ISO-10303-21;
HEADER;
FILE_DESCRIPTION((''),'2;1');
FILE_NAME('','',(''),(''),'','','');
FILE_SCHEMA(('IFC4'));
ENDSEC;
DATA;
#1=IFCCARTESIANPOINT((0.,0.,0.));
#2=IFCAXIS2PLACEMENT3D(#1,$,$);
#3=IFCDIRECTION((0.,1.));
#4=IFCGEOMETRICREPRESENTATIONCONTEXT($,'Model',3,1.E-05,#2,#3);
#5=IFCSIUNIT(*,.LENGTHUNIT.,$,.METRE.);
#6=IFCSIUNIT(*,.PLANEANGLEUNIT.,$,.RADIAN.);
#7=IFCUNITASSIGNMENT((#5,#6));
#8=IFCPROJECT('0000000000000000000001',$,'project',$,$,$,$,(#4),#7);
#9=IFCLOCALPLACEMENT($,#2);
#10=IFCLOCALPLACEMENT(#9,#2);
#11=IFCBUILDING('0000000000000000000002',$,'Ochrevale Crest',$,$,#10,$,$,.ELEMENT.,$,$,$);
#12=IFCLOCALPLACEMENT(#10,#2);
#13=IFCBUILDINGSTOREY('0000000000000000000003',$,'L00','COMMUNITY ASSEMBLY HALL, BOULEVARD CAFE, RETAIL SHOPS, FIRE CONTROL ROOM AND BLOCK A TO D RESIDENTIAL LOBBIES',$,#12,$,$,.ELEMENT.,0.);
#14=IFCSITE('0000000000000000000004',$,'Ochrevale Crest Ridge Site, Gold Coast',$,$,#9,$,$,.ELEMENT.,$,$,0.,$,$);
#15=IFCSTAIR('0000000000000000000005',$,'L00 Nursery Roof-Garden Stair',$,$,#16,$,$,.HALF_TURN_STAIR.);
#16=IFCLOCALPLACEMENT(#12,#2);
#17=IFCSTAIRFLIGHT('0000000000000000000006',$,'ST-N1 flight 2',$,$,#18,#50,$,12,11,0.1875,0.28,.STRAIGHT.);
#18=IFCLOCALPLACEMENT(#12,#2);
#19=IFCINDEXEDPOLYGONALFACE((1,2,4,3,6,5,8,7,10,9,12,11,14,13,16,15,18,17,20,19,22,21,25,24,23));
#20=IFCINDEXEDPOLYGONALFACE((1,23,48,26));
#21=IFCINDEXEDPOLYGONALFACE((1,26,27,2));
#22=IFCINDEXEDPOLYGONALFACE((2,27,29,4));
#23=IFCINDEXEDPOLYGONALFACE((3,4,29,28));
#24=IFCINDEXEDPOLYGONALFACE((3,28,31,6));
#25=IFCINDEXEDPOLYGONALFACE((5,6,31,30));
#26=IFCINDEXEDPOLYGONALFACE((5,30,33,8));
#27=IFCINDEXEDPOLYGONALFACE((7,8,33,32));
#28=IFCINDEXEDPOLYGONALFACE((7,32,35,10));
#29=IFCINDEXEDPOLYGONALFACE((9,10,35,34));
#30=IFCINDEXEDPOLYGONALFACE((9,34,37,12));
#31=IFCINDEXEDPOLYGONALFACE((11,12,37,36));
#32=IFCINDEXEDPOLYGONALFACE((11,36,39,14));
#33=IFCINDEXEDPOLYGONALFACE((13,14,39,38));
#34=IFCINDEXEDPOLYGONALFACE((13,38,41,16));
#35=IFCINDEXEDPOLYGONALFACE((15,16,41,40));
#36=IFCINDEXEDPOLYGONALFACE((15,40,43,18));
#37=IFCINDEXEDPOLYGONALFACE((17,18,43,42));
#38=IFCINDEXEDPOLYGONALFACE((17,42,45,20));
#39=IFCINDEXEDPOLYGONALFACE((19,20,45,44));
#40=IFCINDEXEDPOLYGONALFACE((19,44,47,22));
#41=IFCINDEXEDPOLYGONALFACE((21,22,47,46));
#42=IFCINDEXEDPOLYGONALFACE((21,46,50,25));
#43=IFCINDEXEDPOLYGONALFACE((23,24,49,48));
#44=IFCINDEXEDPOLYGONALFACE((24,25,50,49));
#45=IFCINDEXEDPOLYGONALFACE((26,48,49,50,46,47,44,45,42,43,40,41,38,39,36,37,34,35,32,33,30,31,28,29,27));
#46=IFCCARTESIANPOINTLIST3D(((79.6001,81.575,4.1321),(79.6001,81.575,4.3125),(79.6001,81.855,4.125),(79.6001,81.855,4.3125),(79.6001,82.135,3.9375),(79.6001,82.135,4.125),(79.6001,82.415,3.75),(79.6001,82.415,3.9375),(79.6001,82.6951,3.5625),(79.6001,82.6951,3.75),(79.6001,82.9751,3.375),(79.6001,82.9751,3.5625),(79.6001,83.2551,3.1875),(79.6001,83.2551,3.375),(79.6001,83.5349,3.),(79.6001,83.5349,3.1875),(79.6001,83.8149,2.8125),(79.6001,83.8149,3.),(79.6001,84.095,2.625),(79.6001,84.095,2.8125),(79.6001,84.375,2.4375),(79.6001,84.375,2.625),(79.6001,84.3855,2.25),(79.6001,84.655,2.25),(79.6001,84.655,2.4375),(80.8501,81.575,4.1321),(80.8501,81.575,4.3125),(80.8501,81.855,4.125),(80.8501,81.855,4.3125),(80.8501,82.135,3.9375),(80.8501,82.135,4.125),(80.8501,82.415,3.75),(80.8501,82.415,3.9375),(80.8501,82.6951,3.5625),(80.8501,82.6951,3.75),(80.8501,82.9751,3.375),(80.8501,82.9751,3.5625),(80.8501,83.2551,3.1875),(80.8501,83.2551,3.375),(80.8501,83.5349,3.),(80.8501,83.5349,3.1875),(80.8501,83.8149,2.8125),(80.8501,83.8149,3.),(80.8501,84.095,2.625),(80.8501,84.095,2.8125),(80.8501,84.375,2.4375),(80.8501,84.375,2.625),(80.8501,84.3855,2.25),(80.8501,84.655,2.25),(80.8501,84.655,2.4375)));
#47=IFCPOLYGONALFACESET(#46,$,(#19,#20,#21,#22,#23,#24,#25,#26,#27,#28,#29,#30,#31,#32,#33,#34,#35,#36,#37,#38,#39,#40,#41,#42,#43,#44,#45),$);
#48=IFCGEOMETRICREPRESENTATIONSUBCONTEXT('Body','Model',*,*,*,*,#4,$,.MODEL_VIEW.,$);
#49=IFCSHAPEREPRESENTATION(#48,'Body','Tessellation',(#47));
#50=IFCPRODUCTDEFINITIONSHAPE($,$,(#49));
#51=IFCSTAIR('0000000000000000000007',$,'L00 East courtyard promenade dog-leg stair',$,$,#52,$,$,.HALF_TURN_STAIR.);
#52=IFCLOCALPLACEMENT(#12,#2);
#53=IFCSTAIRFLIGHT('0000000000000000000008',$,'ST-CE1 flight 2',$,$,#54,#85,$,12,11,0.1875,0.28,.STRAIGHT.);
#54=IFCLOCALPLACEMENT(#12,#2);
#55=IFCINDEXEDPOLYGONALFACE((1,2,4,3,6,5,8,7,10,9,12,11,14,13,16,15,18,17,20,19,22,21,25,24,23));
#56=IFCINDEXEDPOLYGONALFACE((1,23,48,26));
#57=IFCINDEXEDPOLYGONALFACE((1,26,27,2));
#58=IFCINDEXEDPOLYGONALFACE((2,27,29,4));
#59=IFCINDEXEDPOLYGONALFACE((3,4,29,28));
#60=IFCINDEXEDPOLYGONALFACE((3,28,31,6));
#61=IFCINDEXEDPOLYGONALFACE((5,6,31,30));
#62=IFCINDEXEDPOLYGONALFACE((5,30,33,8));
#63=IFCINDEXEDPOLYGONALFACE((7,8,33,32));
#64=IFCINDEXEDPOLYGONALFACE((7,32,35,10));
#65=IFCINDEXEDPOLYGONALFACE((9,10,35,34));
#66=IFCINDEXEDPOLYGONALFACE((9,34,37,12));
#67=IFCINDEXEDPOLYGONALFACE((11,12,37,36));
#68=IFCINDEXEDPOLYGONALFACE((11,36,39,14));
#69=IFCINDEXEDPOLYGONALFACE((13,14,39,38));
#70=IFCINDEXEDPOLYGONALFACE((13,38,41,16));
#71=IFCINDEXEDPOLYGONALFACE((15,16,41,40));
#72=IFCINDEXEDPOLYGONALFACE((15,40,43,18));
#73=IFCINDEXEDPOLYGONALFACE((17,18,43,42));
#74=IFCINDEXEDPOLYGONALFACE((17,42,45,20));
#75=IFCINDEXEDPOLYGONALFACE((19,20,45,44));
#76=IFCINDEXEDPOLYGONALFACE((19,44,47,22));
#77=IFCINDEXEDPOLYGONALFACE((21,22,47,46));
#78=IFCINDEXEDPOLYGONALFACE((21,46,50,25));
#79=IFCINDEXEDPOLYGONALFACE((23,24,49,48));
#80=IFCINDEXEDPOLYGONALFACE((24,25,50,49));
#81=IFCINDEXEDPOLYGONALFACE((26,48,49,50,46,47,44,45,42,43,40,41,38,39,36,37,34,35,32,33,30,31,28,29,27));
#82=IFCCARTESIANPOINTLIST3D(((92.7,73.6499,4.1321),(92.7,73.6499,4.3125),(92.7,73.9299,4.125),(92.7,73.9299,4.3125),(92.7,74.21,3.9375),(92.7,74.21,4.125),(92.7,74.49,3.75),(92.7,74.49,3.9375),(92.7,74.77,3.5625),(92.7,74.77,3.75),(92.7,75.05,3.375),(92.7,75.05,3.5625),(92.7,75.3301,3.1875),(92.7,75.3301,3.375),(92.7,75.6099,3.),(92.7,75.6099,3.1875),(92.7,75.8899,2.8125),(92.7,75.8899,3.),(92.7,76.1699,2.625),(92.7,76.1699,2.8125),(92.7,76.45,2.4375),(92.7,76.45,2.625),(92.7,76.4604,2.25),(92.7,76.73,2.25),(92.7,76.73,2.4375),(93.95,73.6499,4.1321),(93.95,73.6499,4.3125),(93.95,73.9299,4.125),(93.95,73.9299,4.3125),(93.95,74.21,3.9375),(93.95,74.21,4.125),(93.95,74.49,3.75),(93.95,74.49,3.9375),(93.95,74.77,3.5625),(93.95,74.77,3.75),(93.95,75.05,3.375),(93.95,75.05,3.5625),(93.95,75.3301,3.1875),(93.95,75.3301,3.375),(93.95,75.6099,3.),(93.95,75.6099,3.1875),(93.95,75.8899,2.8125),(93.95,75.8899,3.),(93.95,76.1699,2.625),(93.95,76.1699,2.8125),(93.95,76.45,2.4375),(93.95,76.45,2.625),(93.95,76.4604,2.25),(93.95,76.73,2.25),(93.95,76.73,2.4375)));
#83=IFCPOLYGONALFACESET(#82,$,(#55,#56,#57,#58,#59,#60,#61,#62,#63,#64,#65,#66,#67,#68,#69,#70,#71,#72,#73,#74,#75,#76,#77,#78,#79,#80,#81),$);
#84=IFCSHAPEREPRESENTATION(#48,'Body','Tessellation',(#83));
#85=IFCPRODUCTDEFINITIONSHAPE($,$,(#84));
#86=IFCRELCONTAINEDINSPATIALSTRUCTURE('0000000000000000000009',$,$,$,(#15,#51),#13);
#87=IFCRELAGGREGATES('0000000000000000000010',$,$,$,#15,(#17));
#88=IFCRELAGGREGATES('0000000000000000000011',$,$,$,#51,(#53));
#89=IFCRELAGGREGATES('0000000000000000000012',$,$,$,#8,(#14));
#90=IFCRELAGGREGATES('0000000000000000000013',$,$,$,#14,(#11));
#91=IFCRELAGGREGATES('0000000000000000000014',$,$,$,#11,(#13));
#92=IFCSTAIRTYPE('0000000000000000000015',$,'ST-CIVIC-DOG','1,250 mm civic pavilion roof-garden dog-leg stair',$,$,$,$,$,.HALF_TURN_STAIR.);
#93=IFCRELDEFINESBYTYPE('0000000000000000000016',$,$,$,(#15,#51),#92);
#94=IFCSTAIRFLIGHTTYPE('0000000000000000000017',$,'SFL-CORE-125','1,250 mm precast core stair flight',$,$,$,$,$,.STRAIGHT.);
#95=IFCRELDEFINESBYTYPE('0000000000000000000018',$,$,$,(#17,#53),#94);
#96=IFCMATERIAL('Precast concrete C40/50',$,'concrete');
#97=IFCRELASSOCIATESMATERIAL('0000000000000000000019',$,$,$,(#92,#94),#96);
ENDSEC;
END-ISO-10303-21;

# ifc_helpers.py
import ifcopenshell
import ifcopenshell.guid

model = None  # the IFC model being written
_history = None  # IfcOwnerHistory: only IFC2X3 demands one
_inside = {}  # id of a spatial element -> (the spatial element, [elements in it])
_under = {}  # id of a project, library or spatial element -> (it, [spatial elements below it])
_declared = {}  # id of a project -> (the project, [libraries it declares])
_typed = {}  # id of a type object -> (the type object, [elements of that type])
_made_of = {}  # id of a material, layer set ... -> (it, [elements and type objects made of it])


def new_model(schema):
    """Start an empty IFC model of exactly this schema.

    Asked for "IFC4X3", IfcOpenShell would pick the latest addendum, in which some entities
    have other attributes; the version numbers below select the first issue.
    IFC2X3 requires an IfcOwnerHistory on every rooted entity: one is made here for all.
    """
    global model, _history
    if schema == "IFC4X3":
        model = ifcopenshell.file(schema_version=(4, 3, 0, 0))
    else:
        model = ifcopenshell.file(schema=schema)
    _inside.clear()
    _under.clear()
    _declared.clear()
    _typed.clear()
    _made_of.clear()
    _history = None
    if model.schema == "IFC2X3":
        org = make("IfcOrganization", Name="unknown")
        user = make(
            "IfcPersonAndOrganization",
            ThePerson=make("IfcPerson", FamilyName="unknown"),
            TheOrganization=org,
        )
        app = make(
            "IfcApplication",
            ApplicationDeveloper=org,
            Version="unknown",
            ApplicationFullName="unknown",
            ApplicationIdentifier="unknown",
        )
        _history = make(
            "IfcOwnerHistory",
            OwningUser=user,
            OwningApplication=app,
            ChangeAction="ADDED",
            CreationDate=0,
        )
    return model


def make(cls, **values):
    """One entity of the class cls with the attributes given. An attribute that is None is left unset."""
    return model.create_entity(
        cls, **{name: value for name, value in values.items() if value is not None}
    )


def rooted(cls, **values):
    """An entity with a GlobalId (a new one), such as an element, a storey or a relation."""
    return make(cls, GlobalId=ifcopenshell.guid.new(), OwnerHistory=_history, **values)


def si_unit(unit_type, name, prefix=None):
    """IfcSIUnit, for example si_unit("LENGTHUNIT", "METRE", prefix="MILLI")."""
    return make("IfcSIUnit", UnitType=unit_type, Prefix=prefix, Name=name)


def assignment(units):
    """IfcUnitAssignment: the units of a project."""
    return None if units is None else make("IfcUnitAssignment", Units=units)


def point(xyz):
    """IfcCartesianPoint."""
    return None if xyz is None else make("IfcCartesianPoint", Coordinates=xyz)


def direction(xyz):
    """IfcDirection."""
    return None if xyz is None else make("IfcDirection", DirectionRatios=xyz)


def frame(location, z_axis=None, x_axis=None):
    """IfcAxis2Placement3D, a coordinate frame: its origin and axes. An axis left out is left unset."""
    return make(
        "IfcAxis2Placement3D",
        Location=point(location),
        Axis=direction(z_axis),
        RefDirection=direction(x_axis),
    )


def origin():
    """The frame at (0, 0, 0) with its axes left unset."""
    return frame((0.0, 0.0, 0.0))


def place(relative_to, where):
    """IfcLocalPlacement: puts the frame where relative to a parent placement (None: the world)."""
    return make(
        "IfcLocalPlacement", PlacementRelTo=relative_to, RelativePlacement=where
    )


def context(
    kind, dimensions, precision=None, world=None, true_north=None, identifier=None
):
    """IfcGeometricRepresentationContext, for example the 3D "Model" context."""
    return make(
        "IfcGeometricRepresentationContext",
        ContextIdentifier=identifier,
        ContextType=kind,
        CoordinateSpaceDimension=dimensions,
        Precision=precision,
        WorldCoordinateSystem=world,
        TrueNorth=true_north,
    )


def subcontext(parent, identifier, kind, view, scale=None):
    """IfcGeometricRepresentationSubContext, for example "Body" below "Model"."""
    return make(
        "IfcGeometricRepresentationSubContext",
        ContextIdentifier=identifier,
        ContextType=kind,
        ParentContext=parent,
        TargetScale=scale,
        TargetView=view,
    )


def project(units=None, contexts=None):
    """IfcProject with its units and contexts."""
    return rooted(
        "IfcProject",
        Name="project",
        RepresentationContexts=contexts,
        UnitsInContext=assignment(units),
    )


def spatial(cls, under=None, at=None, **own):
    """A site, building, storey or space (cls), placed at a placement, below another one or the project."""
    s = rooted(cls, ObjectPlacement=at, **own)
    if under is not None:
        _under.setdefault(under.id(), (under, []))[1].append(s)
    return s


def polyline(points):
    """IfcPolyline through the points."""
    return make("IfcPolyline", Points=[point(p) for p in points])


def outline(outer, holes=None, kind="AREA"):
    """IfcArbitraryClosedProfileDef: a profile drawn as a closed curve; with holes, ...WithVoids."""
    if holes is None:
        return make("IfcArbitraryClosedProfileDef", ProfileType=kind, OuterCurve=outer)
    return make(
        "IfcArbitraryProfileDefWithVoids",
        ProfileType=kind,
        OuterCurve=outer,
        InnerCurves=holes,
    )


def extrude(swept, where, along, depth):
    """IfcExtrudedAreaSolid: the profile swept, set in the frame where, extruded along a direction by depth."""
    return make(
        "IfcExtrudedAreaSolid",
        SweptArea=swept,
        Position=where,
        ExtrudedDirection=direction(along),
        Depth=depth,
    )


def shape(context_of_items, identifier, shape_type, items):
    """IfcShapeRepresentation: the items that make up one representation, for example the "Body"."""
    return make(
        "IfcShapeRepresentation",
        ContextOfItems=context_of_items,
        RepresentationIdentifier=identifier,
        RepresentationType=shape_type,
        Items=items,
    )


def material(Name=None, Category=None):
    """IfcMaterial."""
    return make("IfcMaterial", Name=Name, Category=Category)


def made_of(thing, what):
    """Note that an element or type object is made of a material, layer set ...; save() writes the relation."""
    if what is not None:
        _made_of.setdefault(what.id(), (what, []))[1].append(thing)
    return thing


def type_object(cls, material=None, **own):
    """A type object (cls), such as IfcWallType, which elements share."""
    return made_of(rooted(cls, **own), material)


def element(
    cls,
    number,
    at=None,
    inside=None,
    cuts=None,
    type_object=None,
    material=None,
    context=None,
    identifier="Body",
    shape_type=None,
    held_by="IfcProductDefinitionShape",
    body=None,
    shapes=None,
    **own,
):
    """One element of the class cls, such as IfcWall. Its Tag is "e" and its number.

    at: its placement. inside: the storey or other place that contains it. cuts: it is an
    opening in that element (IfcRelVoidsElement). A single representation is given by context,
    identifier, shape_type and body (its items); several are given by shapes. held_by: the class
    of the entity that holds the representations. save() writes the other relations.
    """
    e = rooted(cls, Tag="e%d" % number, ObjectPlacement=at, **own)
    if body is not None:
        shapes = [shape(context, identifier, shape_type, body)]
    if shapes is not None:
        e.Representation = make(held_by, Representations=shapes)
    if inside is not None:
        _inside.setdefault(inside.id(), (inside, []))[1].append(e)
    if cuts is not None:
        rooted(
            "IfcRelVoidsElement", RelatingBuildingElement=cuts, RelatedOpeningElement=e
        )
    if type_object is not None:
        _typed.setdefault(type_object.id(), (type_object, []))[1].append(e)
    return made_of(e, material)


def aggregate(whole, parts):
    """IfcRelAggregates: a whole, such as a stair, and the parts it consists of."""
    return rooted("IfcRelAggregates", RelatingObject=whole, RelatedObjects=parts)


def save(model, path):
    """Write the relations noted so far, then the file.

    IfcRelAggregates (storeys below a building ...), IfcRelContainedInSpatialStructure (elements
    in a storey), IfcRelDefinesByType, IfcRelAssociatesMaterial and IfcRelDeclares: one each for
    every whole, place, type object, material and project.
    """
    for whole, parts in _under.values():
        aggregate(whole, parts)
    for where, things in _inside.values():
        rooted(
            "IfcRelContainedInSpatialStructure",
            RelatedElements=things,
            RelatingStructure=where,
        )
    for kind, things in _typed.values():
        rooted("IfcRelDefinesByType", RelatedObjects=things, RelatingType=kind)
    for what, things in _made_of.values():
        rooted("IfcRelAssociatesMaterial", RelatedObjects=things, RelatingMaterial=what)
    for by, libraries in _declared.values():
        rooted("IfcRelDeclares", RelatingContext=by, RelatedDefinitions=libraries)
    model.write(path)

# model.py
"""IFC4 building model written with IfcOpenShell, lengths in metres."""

from ifc_helpers import new_model, si_unit, direction, frame, origin, place, context, subcontext, project, spatial, polyline, outline, extrude, material, type_object, element, aggregate, save


model = new_model("IFC4")

# Units and contexts
model_context = context("Model", 3, precision=1e-05, world=origin(), true_north=direction((0.0, 1.0)))
body_context = subcontext(model_context, "Body", "Model", "MODEL_VIEW")
ifc_project = project(units=[si_unit("LENGTHUNIT", "METRE"), si_unit("PLANEANGLEUNIT", "RADIAN")], contexts=[model_context])

# Site, building, storey
site_placement = place(None, origin())
site = spatial("IfcSite", under=ifc_project, at=site_placement, Name="Ochrevale Crest Ridge Site, Gold Coast", CompositionType="ELEMENT", RefElevation=0.0)
building_placement = place(site_placement, origin())
building = spatial("IfcBuilding", under=site, at=building_placement, Name="Ochrevale Crest", CompositionType="ELEMENT")
storey_placement = place(building_placement, origin())
storey = spatial("IfcBuildingStorey", under=building, at=storey_placement, Name="L00", Description="COMMUNITY ASSEMBLY HALL, BOULEVARD CAFE, RETAIL SHOPS, FIRE CONTROL ROOM AND BLOCK A TO D RESIDENTIAL LOBBIES", CompositionType="ELEMENT", Elevation=0.0)

# Stair, stair flight
ifc_material_1 = material(Name="Precast concrete C40/50", Category="concrete")
stair_type = type_object("IfcStairType", Name="ST-CIVIC-DOG", Description="1,250 mm civic pavilion roof-garden dog-leg stair", PredefinedType="HALF_TURN_STAIR", material=ifc_material_1)
stair_1_placement = place(storey_placement, origin())
stair_1 = element("IfcStair", 1, at=stair_1_placement, inside=storey, type_object=stair_type, Name="L00 Nursery Roof-Garden Stair", PredefinedType="HALF_TURN_STAIR")
stair_flight_type = type_object("IfcStairFlightType", Name="SFL-CORE-125", Description="1,250 mm precast core stair flight", PredefinedType="STRAIGHT", material=ifc_material_1)
stair_flight_1_placement = place(storey_placement, frame((80.2251, 84.655, 2.25), z_axis=(0.0, 0.0, 1.0), x_axis=(0.0, -1.0, 0.0)))
stair_flight_1 = element("IfcStairFlight", 2, at=stair_flight_1_placement, type_object=stair_flight_type, Name="ST-N1 flight 2", NumberOfRisers=12, NumberOfTreads=11, PredefinedType="STRAIGHT", RiserHeight=0.1875, TreadLength=0.28, context=body_context, shape_type="SweptSolid", body=[
    extrude(outline(polyline([(0.0, 0.0), (0.0, 0.1875), (0.28, 0.1875), (0.28, 0.375), (0.5601, 0.375), (0.5601, 0.5625), (0.8401, 0.5625), (0.8401, 0.75), (1.1201, 0.75), (1.1201, 0.9375), (1.3999, 0.9375), (1.3999, 1.125), (1.6799, 1.125), (1.6799, 1.3125), (1.96, 1.3125), (1.96, 1.5), (2.24, 1.5), (2.24, 1.6875), (2.52, 1.6875), (2.52, 1.875), (2.8, 1.875), (2.8, 2.0625), (3.0801, 2.0625), (3.0801, 2.25), (3.0801, 1.8821), (0.2695, 0.0), (0.0, 0.0)])), frame((0.0, 0.625, 0.0), z_axis=(0.0, -1.0, 0.0), x_axis=(1.0, 0.0, 0.0)), (0.0, 0.0, 1.0), 1.25),
])
aggregate(stair_1, [stair_flight_1])

# Stair, stair flight
stair_2_placement = place(storey_placement, origin())
stair_2 = element("IfcStair", 3, at=stair_2_placement, inside=storey, type_object=stair_type, Name="L00 East courtyard promenade dog-leg stair", PredefinedType="HALF_TURN_STAIR")
stair_flight_2_placement = place(storey_placement, frame((93.325, 76.73, 2.25), z_axis=(0.0, 0.0, 1.0), x_axis=(0.0, -1.0, 0.0)))
stair_flight_2 = element("IfcStairFlight", 4, at=stair_flight_2_placement, type_object=stair_flight_type, Name="ST-CE1 flight 2", NumberOfRisers=12, NumberOfTreads=11, PredefinedType="STRAIGHT", RiserHeight=0.1875, TreadLength=0.28, context=body_context, shape_type="SweptSolid", body=[
    extrude(outline(polyline([(0.0, 0.0), (0.0, 0.1875), (0.28, 0.1875), (0.28, 0.375), (0.5601, 0.375), (0.5601, 0.5625), (0.8401, 0.5625), (0.8401, 0.75), (1.1201, 0.75), (1.1201, 0.9375), (1.3999, 0.9375), (1.3999, 1.125), (1.6799, 1.125), (1.6799, 1.3125), (1.96, 1.3125), (1.96, 1.5), (2.24, 1.5), (2.24, 1.6875), (2.52, 1.6875), (2.52, 1.875), (2.8, 1.875), (2.8, 2.0625), (3.0801, 2.0625), (3.0801, 2.25), (3.0801, 1.8821), (0.2695, 0.0), (0.0, 0.0)])), frame((0.0, 0.625, 0.0), z_axis=(0.0, -1.0, 0.0), x_axis=(1.0, 0.0, 0.0)), (0.0, 0.0, 1.0), 1.25),
])
aggregate(stair_2, [stair_flight_2])

save(model, "model.ifc")
